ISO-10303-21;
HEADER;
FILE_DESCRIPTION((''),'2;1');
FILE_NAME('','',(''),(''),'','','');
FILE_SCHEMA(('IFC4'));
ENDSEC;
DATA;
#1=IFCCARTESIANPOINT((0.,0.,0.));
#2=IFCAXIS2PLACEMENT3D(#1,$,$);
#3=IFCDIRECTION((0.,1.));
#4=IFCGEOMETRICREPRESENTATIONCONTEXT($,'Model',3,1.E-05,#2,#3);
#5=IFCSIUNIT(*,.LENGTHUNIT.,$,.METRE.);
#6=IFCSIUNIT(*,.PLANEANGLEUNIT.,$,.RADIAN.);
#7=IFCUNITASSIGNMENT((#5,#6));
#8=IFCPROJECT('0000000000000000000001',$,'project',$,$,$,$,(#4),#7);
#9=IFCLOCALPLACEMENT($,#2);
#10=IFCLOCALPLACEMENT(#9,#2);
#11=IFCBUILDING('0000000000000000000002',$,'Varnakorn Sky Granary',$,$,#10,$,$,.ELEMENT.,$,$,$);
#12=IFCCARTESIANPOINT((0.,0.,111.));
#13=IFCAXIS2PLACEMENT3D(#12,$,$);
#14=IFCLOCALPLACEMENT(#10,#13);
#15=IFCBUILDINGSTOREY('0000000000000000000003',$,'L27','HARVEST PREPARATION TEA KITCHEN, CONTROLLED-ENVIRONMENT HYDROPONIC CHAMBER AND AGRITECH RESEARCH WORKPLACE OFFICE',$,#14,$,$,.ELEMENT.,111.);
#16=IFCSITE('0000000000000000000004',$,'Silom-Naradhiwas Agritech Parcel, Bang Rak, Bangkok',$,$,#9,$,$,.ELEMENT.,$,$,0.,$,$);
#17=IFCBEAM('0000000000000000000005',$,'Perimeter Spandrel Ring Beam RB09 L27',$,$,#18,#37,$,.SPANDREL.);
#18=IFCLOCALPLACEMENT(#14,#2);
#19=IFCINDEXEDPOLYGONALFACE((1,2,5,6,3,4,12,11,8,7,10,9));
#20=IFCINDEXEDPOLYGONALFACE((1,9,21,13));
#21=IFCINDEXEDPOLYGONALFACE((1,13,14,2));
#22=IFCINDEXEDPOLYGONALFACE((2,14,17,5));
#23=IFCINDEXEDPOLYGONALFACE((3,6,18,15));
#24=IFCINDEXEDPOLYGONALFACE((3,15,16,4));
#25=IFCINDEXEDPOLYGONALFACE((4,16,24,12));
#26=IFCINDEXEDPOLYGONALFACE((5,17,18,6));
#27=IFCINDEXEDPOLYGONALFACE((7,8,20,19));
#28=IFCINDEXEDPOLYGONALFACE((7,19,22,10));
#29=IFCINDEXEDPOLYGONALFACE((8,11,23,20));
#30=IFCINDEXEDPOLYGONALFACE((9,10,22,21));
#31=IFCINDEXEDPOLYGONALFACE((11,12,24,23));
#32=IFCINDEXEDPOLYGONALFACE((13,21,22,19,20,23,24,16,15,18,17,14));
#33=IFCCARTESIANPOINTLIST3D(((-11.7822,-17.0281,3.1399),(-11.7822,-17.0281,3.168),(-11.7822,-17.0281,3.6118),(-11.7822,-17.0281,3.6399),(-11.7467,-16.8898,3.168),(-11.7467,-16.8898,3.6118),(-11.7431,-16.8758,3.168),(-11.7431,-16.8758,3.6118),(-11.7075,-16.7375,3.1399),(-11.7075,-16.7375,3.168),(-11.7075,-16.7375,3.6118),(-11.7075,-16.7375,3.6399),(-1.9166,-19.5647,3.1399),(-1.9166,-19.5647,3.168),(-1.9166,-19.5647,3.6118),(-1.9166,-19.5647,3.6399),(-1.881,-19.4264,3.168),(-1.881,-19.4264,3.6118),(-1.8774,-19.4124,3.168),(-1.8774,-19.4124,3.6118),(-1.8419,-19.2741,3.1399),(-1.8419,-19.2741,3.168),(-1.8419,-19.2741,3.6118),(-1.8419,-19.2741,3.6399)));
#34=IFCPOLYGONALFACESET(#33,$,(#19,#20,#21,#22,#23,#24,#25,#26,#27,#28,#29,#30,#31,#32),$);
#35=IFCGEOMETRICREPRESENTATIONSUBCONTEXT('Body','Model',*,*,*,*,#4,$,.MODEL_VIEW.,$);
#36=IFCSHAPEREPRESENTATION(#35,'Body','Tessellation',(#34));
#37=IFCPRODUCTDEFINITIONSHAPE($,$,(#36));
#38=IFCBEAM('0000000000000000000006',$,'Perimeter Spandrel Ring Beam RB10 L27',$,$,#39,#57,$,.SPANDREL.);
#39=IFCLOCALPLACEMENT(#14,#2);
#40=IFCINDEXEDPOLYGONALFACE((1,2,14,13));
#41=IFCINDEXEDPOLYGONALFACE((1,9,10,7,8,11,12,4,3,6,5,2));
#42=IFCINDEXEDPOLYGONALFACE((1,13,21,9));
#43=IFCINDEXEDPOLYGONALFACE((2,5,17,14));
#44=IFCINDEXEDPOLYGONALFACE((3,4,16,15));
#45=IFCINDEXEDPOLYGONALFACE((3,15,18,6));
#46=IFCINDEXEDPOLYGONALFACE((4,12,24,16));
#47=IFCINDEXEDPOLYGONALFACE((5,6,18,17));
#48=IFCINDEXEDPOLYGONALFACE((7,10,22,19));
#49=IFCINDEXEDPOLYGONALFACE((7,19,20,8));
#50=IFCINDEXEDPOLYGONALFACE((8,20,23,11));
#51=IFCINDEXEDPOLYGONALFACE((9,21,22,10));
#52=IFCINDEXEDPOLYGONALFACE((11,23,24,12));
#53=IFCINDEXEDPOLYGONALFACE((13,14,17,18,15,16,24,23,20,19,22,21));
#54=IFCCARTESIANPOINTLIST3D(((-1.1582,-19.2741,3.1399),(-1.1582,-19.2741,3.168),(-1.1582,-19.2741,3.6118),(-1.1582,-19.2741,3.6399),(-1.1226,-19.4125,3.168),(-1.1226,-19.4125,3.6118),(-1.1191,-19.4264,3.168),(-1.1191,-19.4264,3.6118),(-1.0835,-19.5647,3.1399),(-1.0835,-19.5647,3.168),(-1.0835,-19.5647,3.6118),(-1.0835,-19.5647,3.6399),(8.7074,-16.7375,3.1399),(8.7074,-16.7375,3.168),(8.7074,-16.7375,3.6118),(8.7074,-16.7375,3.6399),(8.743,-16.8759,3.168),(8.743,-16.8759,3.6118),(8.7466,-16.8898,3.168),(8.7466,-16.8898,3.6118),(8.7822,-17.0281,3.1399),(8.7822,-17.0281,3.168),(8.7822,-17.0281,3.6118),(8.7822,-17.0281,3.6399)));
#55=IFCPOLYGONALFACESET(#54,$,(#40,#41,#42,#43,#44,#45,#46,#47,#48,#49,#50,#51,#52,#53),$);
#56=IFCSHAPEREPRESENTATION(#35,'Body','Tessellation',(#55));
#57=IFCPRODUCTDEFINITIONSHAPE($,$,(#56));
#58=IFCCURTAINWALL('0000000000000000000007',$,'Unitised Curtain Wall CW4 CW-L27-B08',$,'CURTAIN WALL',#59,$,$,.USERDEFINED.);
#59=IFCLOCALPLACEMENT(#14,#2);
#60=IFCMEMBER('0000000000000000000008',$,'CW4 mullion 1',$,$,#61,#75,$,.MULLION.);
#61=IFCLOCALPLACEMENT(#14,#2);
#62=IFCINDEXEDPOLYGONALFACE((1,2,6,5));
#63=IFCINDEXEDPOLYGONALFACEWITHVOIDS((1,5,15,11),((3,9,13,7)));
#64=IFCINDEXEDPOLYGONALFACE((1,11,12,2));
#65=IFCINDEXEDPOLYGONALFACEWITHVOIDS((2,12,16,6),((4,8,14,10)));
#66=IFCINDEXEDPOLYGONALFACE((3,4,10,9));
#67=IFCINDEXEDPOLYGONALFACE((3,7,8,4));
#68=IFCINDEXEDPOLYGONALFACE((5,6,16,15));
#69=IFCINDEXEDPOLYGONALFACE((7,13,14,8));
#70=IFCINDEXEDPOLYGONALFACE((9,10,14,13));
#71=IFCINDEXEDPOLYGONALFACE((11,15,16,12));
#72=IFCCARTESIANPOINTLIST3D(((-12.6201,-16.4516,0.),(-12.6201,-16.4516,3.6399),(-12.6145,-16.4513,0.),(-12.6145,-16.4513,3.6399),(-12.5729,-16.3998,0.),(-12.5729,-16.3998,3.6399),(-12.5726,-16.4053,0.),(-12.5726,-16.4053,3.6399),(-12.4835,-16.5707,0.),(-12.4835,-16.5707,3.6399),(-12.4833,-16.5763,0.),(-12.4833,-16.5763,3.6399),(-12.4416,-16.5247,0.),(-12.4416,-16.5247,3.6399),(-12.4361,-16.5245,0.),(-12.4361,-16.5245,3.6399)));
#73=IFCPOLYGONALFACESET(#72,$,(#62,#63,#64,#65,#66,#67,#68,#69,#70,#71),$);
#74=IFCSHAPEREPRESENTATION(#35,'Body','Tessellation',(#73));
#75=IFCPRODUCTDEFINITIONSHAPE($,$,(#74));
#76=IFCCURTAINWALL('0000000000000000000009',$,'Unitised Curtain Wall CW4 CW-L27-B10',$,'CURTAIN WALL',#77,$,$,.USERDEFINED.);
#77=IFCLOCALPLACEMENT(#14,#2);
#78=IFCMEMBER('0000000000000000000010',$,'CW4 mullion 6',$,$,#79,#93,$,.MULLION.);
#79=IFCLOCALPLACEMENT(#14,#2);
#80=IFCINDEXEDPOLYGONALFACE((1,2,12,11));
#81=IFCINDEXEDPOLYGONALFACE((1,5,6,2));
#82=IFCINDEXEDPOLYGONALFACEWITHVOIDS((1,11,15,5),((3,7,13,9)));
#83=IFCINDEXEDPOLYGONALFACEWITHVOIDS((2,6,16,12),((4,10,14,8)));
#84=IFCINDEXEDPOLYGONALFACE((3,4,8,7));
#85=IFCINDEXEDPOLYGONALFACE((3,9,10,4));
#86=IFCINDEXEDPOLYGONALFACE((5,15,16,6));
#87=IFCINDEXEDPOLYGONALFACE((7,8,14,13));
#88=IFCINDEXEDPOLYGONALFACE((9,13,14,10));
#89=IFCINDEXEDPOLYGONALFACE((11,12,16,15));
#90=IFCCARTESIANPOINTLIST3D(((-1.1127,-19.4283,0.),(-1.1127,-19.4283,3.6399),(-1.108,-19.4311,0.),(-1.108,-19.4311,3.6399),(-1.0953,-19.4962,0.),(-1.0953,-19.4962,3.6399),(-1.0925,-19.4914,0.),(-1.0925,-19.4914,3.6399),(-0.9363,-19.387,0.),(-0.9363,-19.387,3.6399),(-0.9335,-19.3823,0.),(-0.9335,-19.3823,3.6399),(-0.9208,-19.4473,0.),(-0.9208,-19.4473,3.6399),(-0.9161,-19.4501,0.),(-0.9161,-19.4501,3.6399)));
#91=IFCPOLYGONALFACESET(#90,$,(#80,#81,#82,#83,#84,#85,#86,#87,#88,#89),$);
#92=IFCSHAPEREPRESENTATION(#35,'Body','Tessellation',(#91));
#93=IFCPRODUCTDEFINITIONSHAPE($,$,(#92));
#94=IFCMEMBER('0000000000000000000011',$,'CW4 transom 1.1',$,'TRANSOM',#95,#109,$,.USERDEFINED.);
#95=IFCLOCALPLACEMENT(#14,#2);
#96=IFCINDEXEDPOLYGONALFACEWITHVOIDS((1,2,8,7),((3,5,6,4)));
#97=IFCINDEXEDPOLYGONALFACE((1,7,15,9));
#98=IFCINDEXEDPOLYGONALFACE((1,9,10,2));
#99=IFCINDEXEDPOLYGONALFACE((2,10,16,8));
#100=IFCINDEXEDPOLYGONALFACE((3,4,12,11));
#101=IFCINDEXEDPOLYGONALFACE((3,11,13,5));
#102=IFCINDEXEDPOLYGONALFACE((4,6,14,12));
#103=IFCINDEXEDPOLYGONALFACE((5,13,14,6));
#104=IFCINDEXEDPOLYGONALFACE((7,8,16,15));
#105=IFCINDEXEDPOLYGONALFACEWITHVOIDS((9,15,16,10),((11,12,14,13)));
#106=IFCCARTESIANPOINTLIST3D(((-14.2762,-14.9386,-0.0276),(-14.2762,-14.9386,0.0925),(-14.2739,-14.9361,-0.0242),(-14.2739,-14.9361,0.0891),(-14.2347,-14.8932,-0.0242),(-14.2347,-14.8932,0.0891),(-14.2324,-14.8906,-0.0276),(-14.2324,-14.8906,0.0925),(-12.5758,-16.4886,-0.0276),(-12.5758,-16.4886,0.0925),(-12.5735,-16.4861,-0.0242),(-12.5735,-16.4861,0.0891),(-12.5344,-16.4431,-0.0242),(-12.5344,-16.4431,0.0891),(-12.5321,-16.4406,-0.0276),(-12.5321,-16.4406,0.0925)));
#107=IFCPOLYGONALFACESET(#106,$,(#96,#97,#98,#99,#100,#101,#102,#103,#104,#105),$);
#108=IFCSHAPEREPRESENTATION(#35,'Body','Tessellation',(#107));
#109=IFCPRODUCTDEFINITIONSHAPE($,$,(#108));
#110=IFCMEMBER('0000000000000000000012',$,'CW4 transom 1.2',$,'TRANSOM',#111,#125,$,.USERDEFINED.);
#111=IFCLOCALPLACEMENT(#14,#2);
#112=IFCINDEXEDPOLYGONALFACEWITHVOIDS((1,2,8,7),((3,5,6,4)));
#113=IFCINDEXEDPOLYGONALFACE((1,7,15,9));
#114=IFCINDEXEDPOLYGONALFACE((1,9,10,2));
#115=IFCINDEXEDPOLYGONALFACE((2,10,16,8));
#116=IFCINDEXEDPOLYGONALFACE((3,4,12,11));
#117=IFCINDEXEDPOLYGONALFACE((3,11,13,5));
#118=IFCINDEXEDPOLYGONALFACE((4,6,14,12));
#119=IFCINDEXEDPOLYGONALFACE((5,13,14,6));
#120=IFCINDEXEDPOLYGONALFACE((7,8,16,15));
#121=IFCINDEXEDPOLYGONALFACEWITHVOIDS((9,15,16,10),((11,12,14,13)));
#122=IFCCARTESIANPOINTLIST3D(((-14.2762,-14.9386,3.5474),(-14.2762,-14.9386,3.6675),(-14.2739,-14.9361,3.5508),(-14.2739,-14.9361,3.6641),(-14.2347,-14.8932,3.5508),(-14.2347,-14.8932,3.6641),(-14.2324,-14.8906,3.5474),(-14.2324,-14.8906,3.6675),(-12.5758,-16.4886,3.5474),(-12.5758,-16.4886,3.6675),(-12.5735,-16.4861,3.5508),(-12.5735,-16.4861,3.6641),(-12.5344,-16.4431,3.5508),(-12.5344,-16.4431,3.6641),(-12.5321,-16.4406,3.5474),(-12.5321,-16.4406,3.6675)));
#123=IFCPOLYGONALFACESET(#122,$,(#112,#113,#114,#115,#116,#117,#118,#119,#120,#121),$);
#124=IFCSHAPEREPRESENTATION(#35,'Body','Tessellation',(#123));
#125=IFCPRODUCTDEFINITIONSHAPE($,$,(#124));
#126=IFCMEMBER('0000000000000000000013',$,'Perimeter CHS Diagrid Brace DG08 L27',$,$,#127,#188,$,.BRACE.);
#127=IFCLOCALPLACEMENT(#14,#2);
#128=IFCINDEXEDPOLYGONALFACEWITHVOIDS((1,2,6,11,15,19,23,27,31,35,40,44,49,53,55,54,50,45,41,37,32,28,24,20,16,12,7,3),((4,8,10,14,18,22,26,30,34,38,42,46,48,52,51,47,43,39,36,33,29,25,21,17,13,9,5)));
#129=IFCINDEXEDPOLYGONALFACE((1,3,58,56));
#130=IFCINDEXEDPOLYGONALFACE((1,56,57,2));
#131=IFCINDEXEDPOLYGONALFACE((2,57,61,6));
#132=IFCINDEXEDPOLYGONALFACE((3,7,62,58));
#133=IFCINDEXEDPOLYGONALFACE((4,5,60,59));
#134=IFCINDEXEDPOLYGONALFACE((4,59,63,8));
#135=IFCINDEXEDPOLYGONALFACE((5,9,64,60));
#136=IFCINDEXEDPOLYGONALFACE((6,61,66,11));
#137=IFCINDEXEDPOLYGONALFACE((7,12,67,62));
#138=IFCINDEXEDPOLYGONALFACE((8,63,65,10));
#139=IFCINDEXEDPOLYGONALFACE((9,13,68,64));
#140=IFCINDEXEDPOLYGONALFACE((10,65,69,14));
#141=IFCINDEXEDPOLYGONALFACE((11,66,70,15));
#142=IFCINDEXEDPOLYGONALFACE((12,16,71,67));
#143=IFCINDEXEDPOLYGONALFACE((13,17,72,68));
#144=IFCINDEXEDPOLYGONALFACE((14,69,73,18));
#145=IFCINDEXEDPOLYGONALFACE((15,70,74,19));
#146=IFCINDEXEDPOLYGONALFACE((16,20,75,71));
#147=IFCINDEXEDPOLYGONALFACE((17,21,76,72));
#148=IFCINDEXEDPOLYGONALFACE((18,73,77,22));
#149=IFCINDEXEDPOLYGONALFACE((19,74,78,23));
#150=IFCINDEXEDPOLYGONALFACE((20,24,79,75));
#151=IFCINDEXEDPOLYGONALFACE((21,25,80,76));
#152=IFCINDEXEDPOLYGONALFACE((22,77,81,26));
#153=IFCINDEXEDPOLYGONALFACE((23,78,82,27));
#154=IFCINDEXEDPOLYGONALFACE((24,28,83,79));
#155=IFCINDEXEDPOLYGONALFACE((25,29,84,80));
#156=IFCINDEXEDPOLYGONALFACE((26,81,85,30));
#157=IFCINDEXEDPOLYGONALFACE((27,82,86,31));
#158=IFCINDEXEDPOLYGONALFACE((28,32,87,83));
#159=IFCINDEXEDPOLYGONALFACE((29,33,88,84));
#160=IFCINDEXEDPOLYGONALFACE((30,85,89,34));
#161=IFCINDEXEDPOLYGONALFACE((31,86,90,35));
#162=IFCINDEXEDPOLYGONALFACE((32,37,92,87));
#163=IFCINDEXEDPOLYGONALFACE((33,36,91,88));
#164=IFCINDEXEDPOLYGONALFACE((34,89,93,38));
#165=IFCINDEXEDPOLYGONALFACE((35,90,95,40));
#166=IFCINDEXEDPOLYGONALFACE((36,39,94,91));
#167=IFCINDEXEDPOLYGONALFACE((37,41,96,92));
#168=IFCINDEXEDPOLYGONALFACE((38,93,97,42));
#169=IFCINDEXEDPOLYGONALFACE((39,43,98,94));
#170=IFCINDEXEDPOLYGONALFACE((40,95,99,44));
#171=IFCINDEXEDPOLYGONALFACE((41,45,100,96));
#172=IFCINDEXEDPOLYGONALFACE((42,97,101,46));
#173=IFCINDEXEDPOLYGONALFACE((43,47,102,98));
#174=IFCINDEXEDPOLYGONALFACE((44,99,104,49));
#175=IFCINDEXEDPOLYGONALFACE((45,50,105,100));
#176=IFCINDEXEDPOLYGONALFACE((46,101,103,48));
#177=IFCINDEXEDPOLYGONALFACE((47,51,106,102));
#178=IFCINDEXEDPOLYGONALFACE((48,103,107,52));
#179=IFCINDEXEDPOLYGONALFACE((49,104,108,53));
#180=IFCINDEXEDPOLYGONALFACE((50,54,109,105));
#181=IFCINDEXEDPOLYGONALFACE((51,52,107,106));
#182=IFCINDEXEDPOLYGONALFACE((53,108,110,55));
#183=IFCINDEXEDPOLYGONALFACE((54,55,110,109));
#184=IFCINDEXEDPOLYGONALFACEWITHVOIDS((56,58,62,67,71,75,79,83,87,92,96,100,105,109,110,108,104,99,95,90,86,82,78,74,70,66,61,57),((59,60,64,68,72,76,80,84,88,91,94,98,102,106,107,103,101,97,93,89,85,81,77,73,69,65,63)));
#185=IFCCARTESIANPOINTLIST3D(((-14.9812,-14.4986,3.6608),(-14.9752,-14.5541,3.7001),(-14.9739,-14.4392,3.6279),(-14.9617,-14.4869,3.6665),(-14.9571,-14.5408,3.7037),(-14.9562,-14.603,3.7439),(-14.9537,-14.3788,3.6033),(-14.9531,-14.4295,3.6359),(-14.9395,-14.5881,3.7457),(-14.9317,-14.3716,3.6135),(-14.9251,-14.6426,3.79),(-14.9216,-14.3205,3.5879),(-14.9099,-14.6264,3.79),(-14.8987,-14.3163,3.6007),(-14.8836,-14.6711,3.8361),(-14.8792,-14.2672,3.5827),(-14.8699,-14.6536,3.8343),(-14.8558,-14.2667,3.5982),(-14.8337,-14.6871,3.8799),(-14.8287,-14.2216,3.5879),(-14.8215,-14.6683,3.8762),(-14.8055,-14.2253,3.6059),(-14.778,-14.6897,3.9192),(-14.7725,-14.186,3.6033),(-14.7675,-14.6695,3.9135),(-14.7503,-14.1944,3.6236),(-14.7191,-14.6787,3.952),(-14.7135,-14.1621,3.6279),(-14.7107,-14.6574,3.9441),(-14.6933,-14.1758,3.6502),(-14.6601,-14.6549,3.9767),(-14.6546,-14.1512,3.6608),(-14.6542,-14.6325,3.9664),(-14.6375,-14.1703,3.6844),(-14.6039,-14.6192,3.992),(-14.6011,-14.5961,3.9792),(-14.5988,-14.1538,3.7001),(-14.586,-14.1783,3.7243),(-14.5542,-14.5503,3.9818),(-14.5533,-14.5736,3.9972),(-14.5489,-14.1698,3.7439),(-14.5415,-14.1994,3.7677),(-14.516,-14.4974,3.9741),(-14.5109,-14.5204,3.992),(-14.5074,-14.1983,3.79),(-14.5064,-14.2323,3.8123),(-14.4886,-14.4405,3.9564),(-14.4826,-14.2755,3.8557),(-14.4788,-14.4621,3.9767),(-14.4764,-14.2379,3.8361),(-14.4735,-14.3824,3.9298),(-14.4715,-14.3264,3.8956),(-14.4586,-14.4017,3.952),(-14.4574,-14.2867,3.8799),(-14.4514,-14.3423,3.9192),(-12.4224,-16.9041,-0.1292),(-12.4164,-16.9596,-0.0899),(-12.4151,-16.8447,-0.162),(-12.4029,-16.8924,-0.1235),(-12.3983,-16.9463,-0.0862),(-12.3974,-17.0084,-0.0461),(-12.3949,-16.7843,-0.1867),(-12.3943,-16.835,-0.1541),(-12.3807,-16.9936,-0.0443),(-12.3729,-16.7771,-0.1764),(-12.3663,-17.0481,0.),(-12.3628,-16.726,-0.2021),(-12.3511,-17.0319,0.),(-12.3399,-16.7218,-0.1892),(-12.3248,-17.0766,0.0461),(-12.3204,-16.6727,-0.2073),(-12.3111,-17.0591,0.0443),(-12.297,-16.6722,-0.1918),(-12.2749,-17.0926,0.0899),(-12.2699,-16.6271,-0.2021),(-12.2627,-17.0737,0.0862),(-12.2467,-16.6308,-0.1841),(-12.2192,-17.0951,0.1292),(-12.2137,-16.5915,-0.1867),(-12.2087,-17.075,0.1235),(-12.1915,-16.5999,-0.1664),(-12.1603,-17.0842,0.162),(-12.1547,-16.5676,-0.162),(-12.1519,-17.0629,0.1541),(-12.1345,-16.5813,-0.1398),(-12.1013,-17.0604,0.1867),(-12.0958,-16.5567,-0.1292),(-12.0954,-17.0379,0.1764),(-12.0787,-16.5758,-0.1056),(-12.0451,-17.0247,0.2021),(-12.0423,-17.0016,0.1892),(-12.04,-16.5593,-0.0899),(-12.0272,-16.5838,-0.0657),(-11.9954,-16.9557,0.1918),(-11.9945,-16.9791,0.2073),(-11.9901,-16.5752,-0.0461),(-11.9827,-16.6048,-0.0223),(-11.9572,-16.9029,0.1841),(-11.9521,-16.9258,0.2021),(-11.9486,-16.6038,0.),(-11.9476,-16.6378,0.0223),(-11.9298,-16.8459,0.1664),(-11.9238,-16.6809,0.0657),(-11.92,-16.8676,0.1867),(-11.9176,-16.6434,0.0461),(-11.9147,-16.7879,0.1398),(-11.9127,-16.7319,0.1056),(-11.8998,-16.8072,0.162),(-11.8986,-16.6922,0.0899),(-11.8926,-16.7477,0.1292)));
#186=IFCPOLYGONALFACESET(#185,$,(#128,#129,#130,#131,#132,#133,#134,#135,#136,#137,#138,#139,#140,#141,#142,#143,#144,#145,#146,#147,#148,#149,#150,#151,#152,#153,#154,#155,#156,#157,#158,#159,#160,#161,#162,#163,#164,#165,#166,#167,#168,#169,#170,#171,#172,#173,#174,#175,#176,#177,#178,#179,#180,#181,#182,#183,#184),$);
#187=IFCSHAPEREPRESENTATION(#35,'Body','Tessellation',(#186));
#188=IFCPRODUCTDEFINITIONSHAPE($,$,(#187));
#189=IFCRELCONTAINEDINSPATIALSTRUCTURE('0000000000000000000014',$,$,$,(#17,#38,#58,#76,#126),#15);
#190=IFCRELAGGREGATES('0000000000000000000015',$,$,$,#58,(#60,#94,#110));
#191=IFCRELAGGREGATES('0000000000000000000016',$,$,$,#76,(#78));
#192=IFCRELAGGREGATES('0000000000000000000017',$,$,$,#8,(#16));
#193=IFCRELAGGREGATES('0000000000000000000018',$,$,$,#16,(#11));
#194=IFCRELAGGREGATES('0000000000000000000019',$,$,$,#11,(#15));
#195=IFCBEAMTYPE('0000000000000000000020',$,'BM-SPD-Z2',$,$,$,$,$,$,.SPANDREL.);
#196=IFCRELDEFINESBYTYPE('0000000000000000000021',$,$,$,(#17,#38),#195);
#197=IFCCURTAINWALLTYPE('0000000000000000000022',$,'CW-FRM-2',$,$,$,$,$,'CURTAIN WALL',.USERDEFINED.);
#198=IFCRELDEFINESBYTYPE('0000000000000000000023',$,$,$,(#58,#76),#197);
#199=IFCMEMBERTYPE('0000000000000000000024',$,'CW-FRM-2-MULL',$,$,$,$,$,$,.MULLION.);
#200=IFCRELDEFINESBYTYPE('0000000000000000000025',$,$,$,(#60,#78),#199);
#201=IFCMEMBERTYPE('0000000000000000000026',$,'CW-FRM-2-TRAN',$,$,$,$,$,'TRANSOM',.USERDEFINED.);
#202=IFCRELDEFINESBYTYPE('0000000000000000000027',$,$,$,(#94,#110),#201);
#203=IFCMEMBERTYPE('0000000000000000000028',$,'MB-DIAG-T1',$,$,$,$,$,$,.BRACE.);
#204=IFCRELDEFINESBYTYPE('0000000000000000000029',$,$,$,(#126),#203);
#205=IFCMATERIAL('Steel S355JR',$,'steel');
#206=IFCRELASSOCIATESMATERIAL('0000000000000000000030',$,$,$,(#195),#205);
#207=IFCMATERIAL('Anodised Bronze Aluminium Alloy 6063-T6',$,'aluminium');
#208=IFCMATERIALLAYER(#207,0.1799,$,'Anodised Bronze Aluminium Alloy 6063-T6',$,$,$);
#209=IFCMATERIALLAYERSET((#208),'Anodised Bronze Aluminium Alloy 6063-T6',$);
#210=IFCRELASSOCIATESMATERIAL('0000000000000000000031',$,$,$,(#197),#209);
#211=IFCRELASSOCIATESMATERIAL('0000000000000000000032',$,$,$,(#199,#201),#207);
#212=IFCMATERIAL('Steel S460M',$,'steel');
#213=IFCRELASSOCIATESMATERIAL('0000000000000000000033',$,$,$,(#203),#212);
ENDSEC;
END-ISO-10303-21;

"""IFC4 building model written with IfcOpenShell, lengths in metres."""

from ifc_helpers import new_model, si_unit, direction, frame, origin, origin_2d, place, context, subcontext, project, spatial, hollow_rectangle, hollow_circle, i_section, extrude, material, layer, layer_set, material_profile, profile_set, type_object, element, aggregate, save


model = new_model("IFC4")

# Units and contexts
model_context = context("Model", 3, precision=1e-05, world=origin(), true_north=direction((0.0, 1.0)))
body_context = subcontext(model_context, "Body", "Model", "MODEL_VIEW")
ifc_project = project(units=[si_unit("LENGTHUNIT", "METRE"), si_unit("PLANEANGLEUNIT", "RADIAN")], contexts=[model_context])

# Site, building, storey
site_placement = place(None, origin())
site = spatial("IfcSite", under=ifc_project, at=site_placement, Name="Silom-Naradhiwas Agritech Parcel, Bang Rak, Bangkok", CompositionType="ELEMENT", RefElevation=0.0)
building_placement = place(site_placement, origin())
building = spatial("IfcBuilding", under=site, at=building_placement, Name="Varnakorn Sky Granary", CompositionType="ELEMENT")
storey_placement = place(building_placement, frame((0.0, 0.0, 111.0)))
storey = spatial("IfcBuildingStorey", under=building, at=storey_placement, Name="L27", Description="HARVEST PREPARATION TEA KITCHEN, CONTROLLED-ENVIRONMENT HYDROPONIC CHAMBER AND AGRITECH RESEARCH WORKPLACE OFFICE", CompositionType="ELEMENT", Elevation=111.0)

# Shared definitions
ifc_material_1 = material(Name="Steel S460M", Category="steel")

# Beams
ifc_material_2 = material(Name="Steel S355JR", Category="steel")
ifc_material_profile_1 = material_profile(ifc_material_2, i_section(OverallWidth=0.3, OverallDepth=0.5, WebThickness=0.0144, FlangeThickness=0.0281, at=origin_2d()), Name="HE 500 B")
ifc_profile_set_1 = profile_set([ifc_material_profile_1], Name="Steel S355JR")
beam_type_1 = type_object("IfcBeamType", Name="BM-SPD-Z2", PredefinedType="SPANDREL", material=ifc_profile_set_1)
for number, where, z_axis, x_axis, name in (
    (1, (-11.7449, -16.8828, 3.3899), (0.9685, -0.249015, 0.0), (0.249015, 0.9685, 0.0), "Perimeter Spandrel Ring Beam RB09 L27"),
    (2, (-1.1208, -19.4194, 3.3899), (0.9685, 0.249015, 0.0), (-0.249015, 0.9685, 0.0), "Perimeter Spandrel Ring Beam RB10 L27"),
):
    element("IfcBeam", number, at=place(storey_placement, frame(where, z_axis=z_axis, x_axis=x_axis)), inside=storey, type_object=beam_type_1, Name=name, PredefinedType="SPANDREL", context=body_context, shape_type="SweptSolid", body=[
        extrude(i_section(OverallWidth=0.3, OverallDepth=0.5, WebThickness=0.0144, FlangeThickness=0.0281, at=origin_2d()), origin(), (0.0, 0.0, 1.0), 10.1865),
    ])

# Curtain walls, members
ifc_material_3 = material(Name="Anodised Bronze Aluminium Alloy 6063-T6", Category="aluminium")
ifc_layer_1 = layer(ifc_material_3, 0.1799, Name="Anodised Bronze Aluminium Alloy 6063-T6")
ifc_layer_set_1 = layer_set([ifc_layer_1], Name="Anodised Bronze Aluminium Alloy 6063-T6")
curtain_wall_type = type_object("IfcCurtainWallType", Name="CW-FRM-2", ElementType="CURTAIN WALL", PredefinedType="USERDEFINED", material=ifc_layer_set_1)
curtain_wall_1_placement = place(storey_placement, origin())
curtain_wall_1 = element("IfcCurtainWall", 3, at=curtain_wall_1_placement, inside=storey, type_object=curtain_wall_type, Name="Unitised Curtain Wall CW4 CW-L27-B08", ObjectType="CURTAIN WALL", PredefinedType="USERDEFINED")
ifc_material_profile_2 = material_profile(ifc_material_3, hollow_rectangle(XDim=0.0701, YDim=0.1851, WallThickness=0.0039, at=origin_2d()), Name="ALU MULL 70x185")
ifc_profile_set_2 = profile_set([ifc_material_profile_2], Name="Anodised Bronze Aluminium Alloy 6063-T6")
member_type_1 = type_object("IfcMemberType", Name="CW-FRM-2-MULL", PredefinedType="MULLION", material=ifc_profile_set_2)
member_1_placement = place(storey_placement, frame((-12.5281, -16.488, 0.0), z_axis=(0.0, 0.0, 1.0), x_axis=(-0.673654, -0.739047, 0.0)))
member_1 = element("IfcMember", 4, at=member_1_placement, type_object=member_type_1, Name="CW4 mullion 1", PredefinedType="MULLION", context=body_context, shape_type="SweptSolid", body=[
    extrude(hollow_rectangle(XDim=0.0701, YDim=0.1851, WallThickness=0.0039, at=origin_2d()), origin(), (0.0, 0.0, 1.0), 3.6399),
])
curtain_wall_2_placement = place(storey_placement, origin())
curtain_wall_2 = element("IfcCurtainWall", 5, at=curtain_wall_2_placement, inside=storey, type_object=curtain_wall_type, Name="Unitised Curtain Wall CW4 CW-L27-B10", ObjectType="CURTAIN WALL", PredefinedType="USERDEFINED")
member_2_placement = place(storey_placement, frame((-1.0144, -19.4392, 0.0), z_axis=(0.0, 0.0, 1.0), x_axis=(0.248823, -0.968549, 0.0)))
member_2 = element("IfcMember", 6, at=member_2_placement, type_object=member_type_1, Name="CW4 mullion 6", PredefinedType="MULLION", context=body_context, shape_type="SweptSolid", body=[
    extrude(hollow_rectangle(XDim=0.0701, YDim=0.1851, WallThickness=0.0039, at=origin_2d()), origin(), (0.0, 0.0, 1.0), 3.6399),
])

# Members
ifc_material_profile_3 = material_profile(ifc_material_3, hollow_rectangle(XDim=0.0649, YDim=0.1201, WallThickness=0.0034, at=origin_2d()), Name="ALU TRAN 65x120")
ifc_profile_set_3 = profile_set([ifc_material_profile_3], Name="Anodised Bronze Aluminium Alloy 6063-T6")
member_type_2 = type_object("IfcMemberType", Name="CW-FRM-2-TRAN", ElementType="TRANSOM", PredefinedType="USERDEFINED", material=ifc_profile_set_3)
member_3_placement = place(storey_placement, frame((-12.554, -16.4646, 0.0325), z_axis=(-0.739032, 0.67367, 0.0), x_axis=(-0.67367, -0.739032, 0.0)))
member_3 = element("IfcMember", 7, at=member_3_placement, type_object=member_type_2, Name="CW4 transom 1.1", ObjectType="TRANSOM", PredefinedType="USERDEFINED", context=body_context, shape_type="SweptSolid", body=[
    extrude(hollow_rectangle(XDim=0.0649, YDim=0.1201, WallThickness=0.0034, at=origin_2d()), origin(), (0.0, 0.0, 1.0), 2.3008),
])
member_4_placement = place(storey_placement, frame((-12.554, -16.4646, 3.6074), z_axis=(-0.739032, 0.67367, 0.0), x_axis=(-0.67367, -0.739032, 0.0)))
member_4 = element("IfcMember", 8, at=member_4_placement, type_object=member_type_2, Name="CW4 transom 1.2", ObjectType="TRANSOM", PredefinedType="USERDEFINED", context=body_context, shape_type="SweptSolid", body=[
    extrude(hollow_rectangle(XDim=0.0649, YDim=0.1201, WallThickness=0.0034, at=origin_2d()), origin(), (0.0, 0.0, 1.0), 2.3008),
])
aggregate(curtain_wall_1, [member_1, member_3, member_4])

# Member
ifc_material_profile_4 = material_profile(ifc_material_1, hollow_circle(Radius=0.3049, WallThickness=0.0222, at=origin_2d()), Name="CHS 610x22")
ifc_profile_set_4 = profile_set([ifc_material_profile_4], Name="Steel S460M")
member_type_3 = type_object("IfcMemberType", Name="MB-DIAG-T1", PredefinedType="BRACE", material=ifc_profile_set_4)
member_5_placement = place(storey_placement, frame((-12.1575, -16.8259, 0.0), z_axis=(-0.495221, 0.465548, 0.733499), x_axis=(-0.684942, -0.728598, 0.0)))
element("IfcMember", 9, at=member_5_placement, inside=storey, type_object=member_type_3, Name="Perimeter CHS Diagrid Brace DG08 L27", PredefinedType="BRACE", context=body_context, shape_type="SweptSolid", body=[
    extrude(hollow_circle(Radius=0.3049, WallThickness=0.0222, at=origin_2d()), origin(), (0.0, 0.0, 1.0), 5.167),
])

aggregate(curtain_wall_2, [member_2])

save(model, "model.ifc")
